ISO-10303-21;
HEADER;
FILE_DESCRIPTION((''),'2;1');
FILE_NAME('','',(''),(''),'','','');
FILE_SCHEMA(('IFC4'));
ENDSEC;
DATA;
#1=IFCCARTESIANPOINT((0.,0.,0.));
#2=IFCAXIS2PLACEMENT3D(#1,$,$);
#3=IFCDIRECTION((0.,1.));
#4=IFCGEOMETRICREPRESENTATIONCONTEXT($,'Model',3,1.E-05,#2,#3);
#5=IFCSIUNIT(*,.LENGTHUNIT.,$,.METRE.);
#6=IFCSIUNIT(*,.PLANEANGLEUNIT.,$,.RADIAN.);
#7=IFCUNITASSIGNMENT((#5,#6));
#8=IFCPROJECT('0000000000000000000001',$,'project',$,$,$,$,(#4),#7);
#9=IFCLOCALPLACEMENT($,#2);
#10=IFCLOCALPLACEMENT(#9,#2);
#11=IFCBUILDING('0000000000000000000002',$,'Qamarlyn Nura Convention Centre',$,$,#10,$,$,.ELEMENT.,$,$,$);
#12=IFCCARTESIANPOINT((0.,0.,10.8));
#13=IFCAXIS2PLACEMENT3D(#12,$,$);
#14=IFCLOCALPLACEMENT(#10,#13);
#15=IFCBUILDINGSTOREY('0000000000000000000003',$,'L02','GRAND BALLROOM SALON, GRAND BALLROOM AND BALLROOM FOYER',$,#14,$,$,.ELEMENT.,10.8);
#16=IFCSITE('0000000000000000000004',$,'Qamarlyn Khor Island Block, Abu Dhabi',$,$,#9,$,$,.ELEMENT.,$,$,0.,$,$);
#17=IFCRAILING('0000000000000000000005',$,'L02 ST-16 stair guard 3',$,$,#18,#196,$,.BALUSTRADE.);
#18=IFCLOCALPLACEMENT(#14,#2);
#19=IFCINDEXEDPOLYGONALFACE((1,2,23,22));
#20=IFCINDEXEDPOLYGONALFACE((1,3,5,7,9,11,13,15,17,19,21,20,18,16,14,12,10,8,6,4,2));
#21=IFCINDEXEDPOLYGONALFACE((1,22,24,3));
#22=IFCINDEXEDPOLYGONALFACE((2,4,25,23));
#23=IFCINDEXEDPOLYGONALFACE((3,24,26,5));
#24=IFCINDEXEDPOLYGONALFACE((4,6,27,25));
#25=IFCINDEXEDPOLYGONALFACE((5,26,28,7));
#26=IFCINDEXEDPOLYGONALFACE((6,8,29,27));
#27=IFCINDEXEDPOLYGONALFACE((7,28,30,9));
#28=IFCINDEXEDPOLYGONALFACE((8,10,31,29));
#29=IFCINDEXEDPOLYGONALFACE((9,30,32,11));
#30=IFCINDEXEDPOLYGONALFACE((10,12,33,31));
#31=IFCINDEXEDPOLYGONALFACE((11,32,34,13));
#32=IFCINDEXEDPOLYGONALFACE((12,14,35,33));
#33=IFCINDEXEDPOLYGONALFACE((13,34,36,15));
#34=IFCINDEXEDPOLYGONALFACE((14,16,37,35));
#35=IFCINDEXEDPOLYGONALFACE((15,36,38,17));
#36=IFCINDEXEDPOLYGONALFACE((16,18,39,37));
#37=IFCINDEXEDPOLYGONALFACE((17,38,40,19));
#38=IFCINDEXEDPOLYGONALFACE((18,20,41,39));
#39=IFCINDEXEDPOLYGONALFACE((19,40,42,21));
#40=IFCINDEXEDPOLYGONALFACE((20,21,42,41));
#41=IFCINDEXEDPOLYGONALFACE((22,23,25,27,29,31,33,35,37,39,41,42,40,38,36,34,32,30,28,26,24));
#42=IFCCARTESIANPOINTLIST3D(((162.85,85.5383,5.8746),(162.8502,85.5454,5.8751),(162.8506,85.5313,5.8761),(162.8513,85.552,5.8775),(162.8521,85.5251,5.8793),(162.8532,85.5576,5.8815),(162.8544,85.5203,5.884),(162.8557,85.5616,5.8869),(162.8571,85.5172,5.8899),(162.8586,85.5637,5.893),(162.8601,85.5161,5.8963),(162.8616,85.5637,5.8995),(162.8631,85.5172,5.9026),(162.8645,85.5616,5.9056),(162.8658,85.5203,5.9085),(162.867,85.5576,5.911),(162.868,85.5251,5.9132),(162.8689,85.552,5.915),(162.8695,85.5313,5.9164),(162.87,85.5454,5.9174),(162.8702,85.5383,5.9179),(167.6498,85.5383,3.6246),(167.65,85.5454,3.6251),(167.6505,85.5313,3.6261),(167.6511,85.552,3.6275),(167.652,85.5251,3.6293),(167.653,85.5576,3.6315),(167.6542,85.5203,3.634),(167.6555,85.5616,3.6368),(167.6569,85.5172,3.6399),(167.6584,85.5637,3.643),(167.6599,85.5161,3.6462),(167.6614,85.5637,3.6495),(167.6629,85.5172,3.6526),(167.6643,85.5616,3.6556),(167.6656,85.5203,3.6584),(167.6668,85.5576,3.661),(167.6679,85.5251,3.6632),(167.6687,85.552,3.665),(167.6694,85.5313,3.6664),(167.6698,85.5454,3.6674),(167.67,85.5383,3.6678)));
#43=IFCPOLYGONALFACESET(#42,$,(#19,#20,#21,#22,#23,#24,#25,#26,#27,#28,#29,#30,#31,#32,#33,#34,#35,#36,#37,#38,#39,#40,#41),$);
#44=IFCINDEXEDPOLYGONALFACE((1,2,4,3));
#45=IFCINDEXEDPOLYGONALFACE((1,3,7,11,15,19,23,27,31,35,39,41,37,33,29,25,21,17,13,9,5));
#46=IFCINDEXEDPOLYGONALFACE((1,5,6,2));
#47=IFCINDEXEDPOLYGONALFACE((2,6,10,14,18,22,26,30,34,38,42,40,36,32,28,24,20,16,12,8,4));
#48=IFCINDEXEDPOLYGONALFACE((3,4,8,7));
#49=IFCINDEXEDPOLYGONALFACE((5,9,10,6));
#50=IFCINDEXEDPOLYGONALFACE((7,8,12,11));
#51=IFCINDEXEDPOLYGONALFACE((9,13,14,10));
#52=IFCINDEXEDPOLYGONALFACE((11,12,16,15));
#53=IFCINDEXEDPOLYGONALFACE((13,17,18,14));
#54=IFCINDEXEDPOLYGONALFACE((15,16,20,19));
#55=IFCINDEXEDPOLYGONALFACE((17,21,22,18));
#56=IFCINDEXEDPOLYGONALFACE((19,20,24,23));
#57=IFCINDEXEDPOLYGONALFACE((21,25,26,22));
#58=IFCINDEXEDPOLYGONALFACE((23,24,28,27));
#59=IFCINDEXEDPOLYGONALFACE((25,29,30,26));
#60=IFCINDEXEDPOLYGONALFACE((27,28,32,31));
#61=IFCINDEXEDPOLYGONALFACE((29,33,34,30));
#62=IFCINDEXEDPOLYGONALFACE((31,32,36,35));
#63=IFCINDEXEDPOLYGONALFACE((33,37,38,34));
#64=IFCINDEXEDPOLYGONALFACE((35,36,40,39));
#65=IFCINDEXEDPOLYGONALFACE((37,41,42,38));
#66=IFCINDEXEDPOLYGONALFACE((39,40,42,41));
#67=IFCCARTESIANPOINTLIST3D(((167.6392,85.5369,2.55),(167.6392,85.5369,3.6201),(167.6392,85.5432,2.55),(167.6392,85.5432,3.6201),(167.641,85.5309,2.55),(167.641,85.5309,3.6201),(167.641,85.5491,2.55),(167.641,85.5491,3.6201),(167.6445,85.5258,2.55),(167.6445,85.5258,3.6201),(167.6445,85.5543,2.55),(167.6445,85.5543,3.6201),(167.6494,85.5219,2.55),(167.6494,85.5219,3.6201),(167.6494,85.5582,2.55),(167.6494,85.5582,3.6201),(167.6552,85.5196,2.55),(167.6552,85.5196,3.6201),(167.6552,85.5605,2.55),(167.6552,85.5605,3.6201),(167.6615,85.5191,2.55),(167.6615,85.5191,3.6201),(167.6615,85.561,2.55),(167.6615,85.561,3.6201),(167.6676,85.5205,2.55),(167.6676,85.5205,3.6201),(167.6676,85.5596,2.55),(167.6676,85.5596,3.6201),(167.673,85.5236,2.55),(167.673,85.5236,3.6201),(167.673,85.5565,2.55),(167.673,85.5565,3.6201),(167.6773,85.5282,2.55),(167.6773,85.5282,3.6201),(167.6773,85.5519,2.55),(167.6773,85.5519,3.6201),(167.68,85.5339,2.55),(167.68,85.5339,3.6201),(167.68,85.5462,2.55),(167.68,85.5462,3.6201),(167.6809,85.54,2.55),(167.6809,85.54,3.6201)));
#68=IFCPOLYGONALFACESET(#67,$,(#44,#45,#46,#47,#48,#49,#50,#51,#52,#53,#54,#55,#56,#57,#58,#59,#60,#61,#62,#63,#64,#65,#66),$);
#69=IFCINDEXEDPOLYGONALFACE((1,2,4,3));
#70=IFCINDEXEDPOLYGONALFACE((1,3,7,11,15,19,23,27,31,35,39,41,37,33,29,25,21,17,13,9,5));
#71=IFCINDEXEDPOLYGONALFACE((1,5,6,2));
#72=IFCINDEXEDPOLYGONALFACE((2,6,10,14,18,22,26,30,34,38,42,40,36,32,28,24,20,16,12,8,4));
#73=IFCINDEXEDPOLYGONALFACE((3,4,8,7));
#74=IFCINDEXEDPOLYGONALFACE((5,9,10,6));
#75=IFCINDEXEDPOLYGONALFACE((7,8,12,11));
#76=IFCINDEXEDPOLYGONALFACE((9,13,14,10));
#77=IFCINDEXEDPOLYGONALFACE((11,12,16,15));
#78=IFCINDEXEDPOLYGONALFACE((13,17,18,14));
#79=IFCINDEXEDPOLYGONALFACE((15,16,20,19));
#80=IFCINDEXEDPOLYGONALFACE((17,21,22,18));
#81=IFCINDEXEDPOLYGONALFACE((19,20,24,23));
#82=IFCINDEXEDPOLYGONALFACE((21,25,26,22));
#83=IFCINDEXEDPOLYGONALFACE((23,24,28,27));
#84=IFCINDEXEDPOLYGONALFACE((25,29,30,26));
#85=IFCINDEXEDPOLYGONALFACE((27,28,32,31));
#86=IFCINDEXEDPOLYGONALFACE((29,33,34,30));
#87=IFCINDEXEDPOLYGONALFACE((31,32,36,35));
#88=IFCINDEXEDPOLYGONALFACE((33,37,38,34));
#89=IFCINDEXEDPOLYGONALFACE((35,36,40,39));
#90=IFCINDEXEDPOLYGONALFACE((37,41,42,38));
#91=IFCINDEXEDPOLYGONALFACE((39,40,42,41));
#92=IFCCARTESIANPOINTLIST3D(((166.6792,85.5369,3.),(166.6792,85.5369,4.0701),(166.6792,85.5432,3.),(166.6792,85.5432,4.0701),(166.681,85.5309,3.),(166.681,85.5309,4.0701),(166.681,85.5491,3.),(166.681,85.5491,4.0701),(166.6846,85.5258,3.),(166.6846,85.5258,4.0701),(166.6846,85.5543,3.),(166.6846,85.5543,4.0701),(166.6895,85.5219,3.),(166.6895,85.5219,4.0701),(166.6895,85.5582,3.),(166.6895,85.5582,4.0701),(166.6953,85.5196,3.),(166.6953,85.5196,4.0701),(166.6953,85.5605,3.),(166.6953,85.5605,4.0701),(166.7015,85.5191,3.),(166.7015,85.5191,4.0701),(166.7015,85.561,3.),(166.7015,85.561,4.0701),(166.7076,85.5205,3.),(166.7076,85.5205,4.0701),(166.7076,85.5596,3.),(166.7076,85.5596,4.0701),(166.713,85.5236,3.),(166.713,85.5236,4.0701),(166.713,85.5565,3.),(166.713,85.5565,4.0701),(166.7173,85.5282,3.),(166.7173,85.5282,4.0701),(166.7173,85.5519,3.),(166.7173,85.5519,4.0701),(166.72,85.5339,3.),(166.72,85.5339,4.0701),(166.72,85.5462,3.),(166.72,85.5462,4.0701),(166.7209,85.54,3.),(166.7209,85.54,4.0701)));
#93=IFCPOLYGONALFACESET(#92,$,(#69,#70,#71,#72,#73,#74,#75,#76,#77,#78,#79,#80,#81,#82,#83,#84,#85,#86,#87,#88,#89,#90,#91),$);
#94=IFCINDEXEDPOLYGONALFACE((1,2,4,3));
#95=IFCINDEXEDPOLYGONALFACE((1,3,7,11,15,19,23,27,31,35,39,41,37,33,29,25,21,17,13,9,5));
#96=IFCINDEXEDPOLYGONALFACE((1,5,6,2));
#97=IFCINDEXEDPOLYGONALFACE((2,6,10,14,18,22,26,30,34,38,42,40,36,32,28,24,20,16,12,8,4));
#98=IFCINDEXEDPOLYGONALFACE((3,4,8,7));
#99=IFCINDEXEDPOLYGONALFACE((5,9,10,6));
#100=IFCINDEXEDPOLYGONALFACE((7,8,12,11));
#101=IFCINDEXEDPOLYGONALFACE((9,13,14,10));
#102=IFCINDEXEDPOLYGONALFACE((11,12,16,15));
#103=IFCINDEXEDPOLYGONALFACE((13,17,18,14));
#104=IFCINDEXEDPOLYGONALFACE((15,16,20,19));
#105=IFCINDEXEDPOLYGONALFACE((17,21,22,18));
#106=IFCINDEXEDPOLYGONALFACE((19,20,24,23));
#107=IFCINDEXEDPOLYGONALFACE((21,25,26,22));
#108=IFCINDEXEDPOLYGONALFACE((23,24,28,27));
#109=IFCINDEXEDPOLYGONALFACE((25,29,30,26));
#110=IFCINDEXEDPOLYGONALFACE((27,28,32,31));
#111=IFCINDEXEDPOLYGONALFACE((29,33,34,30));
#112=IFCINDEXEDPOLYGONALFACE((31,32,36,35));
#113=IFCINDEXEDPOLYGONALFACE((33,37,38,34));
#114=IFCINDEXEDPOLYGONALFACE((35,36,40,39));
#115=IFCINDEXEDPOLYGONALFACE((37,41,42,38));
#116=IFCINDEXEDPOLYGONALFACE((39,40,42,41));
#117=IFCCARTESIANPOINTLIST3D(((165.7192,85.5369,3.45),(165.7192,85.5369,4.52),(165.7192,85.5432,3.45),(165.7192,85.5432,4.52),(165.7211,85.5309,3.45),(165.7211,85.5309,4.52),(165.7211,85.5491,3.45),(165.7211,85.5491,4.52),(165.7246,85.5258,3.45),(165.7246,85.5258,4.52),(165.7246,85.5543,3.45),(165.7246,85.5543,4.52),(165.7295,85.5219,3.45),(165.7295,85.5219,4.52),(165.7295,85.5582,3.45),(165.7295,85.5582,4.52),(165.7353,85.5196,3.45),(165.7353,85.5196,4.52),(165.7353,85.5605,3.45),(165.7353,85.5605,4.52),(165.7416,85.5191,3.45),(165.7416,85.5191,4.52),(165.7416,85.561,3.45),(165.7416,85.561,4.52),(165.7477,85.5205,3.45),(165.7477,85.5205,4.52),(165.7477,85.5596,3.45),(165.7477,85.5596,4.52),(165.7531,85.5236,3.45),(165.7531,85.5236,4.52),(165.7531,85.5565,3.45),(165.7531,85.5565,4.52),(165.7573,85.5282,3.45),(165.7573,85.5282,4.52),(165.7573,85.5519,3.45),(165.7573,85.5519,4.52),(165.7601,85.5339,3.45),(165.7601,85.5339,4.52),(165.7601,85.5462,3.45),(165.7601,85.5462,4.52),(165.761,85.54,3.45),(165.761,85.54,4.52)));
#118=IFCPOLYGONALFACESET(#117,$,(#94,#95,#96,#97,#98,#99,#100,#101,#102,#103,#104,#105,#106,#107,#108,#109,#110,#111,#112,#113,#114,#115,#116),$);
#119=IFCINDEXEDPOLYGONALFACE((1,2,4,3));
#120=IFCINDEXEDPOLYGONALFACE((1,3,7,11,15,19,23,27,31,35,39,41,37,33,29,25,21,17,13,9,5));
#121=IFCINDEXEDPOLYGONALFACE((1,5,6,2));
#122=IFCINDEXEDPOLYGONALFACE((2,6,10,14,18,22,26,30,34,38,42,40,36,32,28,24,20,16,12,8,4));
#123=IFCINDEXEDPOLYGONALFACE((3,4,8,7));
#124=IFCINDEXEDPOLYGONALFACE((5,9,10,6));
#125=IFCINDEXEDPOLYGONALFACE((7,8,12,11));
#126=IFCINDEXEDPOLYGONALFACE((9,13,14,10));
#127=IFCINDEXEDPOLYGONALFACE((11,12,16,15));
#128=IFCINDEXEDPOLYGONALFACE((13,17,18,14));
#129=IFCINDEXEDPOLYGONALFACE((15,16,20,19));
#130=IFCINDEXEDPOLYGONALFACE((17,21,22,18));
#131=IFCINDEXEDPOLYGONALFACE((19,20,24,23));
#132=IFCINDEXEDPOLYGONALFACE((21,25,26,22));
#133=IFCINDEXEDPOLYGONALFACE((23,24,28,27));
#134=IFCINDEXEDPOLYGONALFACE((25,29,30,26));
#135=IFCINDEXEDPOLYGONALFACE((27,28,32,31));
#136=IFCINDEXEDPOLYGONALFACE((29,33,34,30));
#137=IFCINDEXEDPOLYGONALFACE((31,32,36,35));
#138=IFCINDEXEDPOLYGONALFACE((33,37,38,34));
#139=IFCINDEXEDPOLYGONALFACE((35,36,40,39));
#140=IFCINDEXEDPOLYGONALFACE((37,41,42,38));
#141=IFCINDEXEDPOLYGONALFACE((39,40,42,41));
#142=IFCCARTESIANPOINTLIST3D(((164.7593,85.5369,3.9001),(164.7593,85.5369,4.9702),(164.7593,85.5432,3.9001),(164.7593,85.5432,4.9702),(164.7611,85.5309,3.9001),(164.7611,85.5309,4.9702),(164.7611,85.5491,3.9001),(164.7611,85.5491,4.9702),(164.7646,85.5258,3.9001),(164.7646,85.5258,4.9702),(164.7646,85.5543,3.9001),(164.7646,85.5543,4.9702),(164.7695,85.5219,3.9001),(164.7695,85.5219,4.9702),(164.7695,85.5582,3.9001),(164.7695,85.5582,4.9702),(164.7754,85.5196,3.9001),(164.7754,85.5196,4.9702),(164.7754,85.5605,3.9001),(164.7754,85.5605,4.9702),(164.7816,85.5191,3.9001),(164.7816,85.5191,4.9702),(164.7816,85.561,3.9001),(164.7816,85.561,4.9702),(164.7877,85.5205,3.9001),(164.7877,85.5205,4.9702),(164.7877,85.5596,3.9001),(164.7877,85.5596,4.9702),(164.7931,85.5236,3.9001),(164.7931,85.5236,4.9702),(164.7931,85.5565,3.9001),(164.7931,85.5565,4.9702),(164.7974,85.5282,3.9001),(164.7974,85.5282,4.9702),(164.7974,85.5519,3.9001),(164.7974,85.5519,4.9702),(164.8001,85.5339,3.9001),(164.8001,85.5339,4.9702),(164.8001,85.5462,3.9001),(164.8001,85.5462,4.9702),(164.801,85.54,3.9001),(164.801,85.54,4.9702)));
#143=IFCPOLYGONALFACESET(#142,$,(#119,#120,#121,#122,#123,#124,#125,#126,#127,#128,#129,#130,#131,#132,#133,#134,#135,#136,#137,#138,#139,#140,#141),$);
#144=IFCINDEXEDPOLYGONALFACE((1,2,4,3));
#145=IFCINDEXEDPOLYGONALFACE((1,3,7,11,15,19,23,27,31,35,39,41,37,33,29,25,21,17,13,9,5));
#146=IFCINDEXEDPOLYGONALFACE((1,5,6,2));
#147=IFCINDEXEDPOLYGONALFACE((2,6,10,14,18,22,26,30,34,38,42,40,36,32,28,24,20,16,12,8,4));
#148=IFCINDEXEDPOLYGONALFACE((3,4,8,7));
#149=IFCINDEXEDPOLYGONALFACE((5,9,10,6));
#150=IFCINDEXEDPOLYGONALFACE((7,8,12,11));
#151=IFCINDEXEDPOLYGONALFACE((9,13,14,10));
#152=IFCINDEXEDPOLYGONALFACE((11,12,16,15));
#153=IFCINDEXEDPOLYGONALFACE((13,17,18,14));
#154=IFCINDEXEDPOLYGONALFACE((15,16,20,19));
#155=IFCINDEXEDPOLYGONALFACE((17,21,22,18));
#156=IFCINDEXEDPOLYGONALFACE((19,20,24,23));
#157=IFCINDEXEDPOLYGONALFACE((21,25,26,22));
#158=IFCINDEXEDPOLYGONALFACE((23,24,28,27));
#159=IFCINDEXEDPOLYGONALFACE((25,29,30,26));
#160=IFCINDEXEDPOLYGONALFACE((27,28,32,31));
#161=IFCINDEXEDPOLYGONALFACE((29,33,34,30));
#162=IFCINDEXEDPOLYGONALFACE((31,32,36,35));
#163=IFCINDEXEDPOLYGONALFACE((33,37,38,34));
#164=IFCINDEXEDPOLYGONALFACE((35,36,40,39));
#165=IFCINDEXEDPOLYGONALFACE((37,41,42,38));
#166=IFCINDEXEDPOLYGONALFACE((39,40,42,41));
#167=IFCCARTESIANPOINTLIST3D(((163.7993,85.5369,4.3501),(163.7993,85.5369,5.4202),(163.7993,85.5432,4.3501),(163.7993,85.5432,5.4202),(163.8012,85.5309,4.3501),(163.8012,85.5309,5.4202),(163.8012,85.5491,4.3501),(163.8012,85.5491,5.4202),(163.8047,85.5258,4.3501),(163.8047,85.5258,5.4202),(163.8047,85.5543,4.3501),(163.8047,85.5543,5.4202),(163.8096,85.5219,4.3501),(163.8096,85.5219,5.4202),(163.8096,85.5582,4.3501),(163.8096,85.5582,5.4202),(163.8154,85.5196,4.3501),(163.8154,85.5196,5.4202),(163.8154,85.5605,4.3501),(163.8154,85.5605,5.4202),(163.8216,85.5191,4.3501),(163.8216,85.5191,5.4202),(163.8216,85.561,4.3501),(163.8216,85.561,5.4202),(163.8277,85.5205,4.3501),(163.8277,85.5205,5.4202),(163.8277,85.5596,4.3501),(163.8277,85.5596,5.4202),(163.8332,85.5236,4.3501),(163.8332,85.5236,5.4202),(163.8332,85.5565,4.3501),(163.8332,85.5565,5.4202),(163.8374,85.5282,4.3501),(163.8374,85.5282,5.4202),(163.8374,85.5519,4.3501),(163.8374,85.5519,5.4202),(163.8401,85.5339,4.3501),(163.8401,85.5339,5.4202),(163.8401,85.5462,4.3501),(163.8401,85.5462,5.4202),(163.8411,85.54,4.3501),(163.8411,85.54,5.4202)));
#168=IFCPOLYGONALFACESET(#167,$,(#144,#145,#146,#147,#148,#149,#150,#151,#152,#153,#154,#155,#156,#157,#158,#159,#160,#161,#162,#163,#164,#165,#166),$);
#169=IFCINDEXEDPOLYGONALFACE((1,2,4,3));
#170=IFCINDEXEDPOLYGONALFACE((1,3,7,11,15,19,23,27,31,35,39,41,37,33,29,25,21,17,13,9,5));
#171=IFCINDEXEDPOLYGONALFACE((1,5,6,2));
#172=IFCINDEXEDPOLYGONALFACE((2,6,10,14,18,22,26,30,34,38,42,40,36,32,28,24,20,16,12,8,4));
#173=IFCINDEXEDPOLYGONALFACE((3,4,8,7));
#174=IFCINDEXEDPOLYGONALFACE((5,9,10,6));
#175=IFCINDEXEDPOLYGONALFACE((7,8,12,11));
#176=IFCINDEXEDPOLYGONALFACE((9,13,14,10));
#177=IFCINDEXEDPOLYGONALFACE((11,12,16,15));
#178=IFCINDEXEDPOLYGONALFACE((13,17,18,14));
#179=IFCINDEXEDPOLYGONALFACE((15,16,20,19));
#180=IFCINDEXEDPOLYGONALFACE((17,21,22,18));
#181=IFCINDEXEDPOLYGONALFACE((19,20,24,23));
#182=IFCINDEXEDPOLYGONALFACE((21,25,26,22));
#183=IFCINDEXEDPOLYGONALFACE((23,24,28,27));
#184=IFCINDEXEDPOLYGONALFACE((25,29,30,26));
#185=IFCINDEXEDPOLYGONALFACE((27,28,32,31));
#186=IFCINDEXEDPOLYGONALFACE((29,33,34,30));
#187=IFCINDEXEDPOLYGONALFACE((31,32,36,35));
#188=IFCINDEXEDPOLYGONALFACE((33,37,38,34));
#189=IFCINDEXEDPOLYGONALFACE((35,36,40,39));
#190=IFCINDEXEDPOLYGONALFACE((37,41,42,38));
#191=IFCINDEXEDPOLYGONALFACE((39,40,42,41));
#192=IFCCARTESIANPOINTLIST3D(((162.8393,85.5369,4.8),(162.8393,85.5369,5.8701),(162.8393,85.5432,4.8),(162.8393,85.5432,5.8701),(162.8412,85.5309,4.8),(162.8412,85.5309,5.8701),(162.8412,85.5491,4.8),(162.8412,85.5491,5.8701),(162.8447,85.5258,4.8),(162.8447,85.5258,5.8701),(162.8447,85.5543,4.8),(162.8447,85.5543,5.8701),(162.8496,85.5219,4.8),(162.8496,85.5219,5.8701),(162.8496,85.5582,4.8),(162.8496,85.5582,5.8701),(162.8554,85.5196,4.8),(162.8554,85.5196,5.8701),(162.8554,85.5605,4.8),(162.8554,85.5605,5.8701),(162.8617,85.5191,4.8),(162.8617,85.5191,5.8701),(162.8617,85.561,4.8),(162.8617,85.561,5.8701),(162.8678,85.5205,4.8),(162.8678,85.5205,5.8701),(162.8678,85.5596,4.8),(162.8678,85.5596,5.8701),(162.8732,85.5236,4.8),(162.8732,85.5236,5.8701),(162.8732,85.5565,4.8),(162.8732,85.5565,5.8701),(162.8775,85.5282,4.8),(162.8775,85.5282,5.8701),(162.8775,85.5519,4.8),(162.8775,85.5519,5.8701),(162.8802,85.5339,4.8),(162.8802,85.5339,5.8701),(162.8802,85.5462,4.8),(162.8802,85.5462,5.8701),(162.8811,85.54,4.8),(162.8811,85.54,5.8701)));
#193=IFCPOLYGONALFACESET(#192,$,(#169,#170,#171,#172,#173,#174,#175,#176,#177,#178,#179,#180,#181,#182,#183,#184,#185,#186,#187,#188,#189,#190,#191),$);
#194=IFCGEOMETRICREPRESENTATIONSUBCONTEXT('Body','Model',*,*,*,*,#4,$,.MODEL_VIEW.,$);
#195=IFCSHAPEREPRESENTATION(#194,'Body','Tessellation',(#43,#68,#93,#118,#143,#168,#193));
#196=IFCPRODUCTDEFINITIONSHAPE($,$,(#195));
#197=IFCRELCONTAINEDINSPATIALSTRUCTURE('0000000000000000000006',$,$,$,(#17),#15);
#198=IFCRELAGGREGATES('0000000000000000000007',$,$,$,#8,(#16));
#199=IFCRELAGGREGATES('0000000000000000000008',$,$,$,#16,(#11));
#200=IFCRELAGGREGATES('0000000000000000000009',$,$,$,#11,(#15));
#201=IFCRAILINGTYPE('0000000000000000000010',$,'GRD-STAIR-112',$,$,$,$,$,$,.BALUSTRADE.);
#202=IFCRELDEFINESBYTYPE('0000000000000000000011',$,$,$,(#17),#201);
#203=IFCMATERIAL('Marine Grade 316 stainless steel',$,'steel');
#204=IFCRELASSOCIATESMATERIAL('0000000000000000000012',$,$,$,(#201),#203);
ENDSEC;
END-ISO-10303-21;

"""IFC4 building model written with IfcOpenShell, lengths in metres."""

from ifc_helpers import new_model, si_unit, direction, frame, origin, origin_2d, place, context, subcontext, project, spatial, circle, extrude, material, type_object, element, save


model = new_model("IFC4")

# Units and contexts
model_context = context("Model", 3, precision=1e-05, world=origin(), true_north=direction((0.0, 1.0)))
body_context = subcontext(model_context, "Body", "Model", "MODEL_VIEW")
ifc_project = project(units=[si_unit("LENGTHUNIT", "METRE"), si_unit("PLANEANGLEUNIT", "RADIAN")], contexts=[model_context])

# Site, building, storey
site_placement = place(None, origin())
site = spatial("IfcSite", under=ifc_project, at=site_placement, Name="Qamarlyn Khor Island Block, Abu Dhabi", CompositionType="ELEMENT", RefElevation=0.0)
building_placement = place(site_placement, origin())
building = spatial("IfcBuilding", under=site, at=building_placement, Name="Qamarlyn Nura Convention Centre", CompositionType="ELEMENT")
storey_placement = place(building_placement, frame((0.0, 0.0, 10.8)))
storey = spatial("IfcBuildingStorey", under=building, at=storey_placement, Name="L02", Description="GRAND BALLROOM SALON, GRAND BALLROOM AND BALLROOM FOYER", CompositionType="ELEMENT", Elevation=10.8)

# Railing
ifc_material_1 = material(Name="Marine Grade 316 stainless steel", Category="steel")
railing_type_1 = type_object("IfcRailingType", Name="GRD-STAIR-112", PredefinedType="BALUSTRADE", material=ifc_material_1)
railing_1_placement = place(storey_placement, frame((167.6599, 85.54, 2.55)))
element("IfcRailing", 1, at=railing_1_placement, inside=storey, type_object=railing_type_1, Name="L02 ST-16 stair guard 3", PredefinedType="BALUSTRADE", context=body_context, shape_type="SweptSolid", body=[
    extrude(circle(Radius=0.0239, at=origin_2d()), frame((0.0, 0.0, 1.0962), z_axis=(-0.905452, 0.0, 0.424448), x_axis=(0.0, -1.0, 0.0)), (0.0, 0.0, 1.0), 5.301),
    extrude(circle(Radius=0.021, at=origin_2d()), origin(), (0.0, 0.0, 1.0), 1.0701),
    extrude(circle(Radius=0.021, at=origin_2d()), frame((-0.96, 0.0, 0.45)), (0.0, 0.0, 1.0), 1.0701),
    extrude(circle(Radius=0.021, at=origin_2d()), frame((-1.9199, 0.0, 0.8999)), (0.0, 0.0, 1.0), 1.0701),
    extrude(circle(Radius=0.021, at=origin_2d()), frame((-2.8799, 0.0, 1.3501)), (0.0, 0.0, 1.0), 1.0701),
    extrude(circle(Radius=0.021, at=origin_2d()), frame((-3.8398, 0.0, 1.8)), (0.0, 0.0, 1.0), 1.0701),
    extrude(circle(Radius=0.021, at=origin_2d()), frame((-4.7998, 0.0, 2.25)), (0.0, 0.0, 1.0), 1.0701),
])

save(model, "model.ifc")
